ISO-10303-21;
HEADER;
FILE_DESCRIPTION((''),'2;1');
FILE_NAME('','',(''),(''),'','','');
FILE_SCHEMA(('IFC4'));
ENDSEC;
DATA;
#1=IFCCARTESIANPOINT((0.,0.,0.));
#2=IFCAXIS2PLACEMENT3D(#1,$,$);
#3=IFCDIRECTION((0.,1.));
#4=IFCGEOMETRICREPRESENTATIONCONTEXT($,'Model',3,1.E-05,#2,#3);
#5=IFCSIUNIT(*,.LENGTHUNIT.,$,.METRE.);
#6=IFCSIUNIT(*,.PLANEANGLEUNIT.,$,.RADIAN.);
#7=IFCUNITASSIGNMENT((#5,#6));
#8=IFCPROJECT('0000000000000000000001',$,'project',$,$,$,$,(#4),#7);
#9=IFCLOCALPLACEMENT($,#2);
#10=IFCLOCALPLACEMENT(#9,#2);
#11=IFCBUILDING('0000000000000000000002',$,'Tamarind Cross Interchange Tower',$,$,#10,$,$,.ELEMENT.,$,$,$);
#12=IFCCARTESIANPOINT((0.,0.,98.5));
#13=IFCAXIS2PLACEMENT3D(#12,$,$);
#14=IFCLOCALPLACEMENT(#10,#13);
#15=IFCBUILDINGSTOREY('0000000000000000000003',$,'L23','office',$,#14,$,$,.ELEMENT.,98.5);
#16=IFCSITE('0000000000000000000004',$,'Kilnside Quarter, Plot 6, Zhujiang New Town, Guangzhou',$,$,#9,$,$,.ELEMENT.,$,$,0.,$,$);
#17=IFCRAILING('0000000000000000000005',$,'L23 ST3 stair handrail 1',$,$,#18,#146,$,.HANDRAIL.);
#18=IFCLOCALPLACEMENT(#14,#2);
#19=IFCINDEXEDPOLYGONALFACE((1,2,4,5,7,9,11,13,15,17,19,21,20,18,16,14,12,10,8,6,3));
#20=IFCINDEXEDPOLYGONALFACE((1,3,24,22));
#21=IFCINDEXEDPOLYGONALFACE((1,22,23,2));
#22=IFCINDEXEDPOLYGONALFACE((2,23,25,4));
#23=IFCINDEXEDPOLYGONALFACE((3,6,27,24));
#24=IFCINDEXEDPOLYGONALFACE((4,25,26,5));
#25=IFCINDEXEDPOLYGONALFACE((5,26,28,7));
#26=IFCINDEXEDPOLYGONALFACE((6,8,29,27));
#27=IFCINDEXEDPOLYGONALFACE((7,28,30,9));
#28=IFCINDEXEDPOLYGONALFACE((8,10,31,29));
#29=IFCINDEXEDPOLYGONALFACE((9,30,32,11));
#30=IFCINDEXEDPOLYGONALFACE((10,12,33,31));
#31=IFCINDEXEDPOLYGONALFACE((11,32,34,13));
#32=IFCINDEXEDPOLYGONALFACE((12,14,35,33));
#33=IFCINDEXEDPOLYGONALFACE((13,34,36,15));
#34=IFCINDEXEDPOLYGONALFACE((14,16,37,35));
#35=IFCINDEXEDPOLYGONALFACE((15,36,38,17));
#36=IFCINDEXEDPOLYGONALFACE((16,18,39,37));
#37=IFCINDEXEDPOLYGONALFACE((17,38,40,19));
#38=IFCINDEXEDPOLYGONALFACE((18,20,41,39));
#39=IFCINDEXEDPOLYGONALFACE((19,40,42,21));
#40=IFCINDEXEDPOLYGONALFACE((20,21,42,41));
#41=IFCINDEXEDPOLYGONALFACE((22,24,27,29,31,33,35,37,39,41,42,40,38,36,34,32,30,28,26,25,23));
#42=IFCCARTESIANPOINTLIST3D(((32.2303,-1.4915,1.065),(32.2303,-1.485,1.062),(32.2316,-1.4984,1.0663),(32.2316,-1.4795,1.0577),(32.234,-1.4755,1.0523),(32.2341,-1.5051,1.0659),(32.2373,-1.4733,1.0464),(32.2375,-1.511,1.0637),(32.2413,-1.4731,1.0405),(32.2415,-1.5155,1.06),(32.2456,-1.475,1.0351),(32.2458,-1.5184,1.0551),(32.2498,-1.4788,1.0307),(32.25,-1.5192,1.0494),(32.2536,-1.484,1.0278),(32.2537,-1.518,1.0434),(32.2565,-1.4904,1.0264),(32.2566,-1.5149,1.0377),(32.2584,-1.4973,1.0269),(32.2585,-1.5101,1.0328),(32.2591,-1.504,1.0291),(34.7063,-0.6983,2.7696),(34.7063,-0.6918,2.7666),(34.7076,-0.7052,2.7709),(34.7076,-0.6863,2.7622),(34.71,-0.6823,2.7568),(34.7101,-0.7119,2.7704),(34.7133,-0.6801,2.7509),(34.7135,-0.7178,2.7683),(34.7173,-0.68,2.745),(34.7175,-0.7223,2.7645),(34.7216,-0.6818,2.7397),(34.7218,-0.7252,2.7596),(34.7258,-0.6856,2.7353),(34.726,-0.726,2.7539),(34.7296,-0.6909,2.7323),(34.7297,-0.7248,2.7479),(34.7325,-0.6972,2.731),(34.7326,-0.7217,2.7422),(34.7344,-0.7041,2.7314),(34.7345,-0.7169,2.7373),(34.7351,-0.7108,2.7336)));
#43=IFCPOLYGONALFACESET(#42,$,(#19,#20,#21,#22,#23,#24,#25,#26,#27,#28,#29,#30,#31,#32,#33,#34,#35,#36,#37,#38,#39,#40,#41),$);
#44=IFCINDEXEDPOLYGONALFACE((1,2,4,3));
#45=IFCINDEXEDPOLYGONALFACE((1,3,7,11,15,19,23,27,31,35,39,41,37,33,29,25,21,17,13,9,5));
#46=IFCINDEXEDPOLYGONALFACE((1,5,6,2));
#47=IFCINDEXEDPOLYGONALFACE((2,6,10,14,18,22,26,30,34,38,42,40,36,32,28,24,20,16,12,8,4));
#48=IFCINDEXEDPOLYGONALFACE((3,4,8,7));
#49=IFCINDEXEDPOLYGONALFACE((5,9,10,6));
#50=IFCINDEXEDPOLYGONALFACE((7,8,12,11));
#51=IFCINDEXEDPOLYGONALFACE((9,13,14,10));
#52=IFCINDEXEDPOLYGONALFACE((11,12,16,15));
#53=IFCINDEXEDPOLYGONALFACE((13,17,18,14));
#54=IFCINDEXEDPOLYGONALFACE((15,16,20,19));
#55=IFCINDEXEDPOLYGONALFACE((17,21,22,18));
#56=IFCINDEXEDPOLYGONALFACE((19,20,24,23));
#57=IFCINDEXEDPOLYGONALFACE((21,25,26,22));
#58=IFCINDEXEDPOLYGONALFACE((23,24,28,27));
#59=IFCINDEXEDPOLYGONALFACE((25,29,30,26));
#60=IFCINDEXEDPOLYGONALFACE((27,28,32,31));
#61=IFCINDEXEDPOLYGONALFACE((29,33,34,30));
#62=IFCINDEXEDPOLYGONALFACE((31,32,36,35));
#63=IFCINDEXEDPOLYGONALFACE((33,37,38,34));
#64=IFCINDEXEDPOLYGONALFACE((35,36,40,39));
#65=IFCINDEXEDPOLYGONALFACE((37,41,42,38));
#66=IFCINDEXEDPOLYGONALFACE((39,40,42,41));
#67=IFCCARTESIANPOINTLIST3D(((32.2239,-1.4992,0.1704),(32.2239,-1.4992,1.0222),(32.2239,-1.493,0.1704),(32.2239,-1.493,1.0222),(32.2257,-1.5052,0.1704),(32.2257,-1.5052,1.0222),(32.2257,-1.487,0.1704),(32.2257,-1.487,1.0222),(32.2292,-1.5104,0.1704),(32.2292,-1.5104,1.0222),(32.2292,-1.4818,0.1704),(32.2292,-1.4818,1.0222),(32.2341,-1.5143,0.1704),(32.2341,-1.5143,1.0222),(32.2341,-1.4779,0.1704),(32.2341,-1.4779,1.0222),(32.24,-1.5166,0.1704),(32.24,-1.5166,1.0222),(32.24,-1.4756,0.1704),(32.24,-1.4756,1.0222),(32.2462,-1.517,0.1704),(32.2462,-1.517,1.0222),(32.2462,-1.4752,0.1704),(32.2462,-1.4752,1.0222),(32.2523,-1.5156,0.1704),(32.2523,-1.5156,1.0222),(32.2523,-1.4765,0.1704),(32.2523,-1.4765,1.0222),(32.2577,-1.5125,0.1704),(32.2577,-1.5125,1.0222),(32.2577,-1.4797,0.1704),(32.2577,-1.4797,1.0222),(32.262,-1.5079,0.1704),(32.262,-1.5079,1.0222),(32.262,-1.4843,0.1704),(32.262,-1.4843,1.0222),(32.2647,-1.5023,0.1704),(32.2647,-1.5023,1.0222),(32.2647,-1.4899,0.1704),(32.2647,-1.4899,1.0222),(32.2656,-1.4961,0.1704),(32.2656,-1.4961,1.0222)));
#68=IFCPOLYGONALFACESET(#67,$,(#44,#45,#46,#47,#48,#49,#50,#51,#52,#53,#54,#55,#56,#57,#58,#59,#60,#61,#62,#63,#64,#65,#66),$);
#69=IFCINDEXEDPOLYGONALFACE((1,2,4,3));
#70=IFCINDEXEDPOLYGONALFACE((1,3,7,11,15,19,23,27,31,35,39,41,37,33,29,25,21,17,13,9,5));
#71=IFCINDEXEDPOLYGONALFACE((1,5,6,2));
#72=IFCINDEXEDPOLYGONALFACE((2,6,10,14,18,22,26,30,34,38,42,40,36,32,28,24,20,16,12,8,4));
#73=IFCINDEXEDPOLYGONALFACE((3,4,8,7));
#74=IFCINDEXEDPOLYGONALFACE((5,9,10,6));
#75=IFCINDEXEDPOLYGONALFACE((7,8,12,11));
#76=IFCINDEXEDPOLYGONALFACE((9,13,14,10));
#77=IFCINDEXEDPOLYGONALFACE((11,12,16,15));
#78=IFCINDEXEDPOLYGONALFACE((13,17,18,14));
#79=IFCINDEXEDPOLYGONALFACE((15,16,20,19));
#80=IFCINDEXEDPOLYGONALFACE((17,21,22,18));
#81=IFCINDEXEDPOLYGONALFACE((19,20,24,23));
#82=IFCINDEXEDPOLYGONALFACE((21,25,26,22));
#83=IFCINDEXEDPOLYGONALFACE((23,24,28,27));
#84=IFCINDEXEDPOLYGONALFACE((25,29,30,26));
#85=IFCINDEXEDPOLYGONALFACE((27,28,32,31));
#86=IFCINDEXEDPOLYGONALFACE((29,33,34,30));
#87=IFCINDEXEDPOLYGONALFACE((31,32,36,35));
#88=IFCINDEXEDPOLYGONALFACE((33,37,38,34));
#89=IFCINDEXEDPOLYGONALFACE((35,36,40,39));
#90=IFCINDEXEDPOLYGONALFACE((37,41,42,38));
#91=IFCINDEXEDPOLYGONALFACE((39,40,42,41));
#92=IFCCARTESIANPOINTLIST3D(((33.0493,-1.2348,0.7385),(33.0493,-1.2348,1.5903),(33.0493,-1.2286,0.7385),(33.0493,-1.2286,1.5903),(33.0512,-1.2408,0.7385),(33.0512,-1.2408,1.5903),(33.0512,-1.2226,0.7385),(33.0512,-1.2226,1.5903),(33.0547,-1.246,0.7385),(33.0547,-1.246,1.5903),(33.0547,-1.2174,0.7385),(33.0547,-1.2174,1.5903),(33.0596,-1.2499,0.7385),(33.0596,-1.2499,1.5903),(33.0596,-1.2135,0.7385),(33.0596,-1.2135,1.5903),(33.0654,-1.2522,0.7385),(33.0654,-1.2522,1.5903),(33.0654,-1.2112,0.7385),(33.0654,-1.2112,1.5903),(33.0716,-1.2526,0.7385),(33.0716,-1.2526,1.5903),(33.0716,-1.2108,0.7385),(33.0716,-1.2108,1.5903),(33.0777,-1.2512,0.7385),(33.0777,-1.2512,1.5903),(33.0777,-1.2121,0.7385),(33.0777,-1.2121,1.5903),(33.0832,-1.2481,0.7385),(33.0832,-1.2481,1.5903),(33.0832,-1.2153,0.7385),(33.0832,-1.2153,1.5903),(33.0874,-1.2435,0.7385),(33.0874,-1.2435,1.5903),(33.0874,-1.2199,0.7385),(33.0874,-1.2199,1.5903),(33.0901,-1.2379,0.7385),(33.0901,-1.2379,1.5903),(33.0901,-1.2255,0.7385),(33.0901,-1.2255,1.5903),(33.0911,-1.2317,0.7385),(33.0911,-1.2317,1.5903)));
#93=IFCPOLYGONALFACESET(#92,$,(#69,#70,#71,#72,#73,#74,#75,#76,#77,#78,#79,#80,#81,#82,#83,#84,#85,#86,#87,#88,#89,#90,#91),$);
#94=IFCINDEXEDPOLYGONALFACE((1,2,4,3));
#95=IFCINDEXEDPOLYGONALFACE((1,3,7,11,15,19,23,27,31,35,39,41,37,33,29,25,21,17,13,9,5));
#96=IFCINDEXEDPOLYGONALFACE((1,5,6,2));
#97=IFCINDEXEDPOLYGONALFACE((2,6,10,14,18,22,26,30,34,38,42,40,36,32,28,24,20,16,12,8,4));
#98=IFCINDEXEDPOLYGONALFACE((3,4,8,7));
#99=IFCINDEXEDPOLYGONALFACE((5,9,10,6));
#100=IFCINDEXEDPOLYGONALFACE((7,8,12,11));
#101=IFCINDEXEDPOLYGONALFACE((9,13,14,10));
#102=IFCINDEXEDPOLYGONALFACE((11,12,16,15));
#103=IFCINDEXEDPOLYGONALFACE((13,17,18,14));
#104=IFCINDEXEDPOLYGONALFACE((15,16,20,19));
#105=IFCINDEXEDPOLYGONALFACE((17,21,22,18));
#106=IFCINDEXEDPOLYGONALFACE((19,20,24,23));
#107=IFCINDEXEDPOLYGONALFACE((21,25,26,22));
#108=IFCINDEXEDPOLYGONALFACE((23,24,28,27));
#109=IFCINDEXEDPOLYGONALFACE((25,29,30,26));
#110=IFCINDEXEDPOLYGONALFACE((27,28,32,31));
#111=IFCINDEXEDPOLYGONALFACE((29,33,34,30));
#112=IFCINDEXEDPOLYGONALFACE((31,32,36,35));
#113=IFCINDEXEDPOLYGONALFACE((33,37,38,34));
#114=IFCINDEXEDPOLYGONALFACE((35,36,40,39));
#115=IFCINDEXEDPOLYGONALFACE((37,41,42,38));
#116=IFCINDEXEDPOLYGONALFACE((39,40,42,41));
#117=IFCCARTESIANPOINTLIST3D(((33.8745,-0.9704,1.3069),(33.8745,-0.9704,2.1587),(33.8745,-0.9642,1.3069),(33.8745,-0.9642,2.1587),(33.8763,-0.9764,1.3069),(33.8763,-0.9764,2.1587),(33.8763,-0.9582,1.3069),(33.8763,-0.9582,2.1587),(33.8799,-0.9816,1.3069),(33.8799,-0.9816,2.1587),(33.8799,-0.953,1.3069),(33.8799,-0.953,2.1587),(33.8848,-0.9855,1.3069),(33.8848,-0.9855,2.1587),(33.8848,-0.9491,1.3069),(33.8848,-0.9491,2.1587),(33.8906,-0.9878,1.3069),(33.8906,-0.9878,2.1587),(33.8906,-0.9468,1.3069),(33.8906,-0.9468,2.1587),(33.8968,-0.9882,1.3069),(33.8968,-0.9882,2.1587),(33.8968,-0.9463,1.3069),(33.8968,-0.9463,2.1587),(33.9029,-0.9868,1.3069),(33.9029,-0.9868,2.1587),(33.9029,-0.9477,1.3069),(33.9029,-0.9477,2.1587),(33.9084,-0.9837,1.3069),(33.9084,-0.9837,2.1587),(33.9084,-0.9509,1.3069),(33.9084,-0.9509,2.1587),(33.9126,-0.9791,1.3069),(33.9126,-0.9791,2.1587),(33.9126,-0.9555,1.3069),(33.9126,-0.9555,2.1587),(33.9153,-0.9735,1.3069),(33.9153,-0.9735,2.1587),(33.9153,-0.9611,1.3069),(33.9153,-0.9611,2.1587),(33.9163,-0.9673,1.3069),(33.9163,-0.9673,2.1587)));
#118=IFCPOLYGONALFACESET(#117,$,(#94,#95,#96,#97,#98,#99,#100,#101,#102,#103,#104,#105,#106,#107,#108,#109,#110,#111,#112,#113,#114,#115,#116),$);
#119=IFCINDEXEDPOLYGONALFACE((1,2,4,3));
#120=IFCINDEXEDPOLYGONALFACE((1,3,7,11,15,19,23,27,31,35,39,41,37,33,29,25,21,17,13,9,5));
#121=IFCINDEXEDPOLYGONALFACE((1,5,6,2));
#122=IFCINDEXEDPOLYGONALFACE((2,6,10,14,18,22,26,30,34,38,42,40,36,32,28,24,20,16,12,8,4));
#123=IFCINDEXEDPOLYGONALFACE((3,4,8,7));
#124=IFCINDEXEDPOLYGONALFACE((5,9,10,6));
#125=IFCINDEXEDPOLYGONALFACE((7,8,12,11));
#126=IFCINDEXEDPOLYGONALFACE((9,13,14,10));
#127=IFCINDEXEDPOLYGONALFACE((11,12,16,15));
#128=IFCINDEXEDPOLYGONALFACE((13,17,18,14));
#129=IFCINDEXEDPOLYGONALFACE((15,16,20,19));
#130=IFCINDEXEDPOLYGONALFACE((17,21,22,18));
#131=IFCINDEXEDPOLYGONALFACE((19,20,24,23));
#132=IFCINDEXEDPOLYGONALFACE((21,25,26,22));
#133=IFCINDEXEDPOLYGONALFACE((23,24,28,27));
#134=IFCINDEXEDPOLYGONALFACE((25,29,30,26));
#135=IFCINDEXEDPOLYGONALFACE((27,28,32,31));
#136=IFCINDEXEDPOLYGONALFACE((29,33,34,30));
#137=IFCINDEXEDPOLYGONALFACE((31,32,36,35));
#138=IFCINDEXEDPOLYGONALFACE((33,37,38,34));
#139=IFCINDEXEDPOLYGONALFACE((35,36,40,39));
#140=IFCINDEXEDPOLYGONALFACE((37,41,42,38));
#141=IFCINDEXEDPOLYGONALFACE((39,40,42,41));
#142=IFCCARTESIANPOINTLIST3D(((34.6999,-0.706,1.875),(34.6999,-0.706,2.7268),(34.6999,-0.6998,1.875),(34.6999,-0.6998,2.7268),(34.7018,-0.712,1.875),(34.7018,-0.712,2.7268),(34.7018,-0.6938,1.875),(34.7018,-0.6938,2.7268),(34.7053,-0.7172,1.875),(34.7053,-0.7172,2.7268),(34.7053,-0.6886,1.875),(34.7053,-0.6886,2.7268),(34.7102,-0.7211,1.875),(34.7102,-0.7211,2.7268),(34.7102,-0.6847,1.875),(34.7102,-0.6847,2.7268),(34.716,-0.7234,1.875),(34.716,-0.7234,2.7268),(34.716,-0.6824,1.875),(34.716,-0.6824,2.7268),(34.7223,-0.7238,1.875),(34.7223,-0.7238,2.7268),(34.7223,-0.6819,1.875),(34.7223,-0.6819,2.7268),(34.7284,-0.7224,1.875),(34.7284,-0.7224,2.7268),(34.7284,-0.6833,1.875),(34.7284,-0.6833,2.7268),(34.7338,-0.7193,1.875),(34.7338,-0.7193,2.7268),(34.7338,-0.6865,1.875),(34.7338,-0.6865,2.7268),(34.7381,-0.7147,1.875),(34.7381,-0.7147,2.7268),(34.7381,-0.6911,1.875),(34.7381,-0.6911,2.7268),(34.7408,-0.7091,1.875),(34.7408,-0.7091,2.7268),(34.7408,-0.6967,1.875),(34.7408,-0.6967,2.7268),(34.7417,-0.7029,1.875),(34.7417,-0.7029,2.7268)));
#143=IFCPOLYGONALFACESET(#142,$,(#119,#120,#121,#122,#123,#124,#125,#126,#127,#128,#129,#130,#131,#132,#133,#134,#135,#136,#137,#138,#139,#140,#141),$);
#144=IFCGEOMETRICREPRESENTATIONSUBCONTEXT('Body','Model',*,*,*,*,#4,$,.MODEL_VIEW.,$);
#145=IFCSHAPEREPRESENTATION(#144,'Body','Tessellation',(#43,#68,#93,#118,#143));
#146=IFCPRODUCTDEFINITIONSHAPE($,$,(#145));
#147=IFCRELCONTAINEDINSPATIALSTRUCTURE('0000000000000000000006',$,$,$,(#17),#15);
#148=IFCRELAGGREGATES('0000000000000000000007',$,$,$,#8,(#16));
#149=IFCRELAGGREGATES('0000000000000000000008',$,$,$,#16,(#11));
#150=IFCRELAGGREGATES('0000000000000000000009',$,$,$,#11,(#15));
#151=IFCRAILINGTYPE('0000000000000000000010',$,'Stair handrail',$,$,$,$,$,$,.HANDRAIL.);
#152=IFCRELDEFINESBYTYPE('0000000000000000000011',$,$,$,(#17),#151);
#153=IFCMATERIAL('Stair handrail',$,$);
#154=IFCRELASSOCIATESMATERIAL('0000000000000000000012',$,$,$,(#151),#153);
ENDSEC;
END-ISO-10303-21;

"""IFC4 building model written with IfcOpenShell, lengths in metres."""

from ifc_helpers import new_model, si_unit, direction, frame, origin, origin_2d, place, context, subcontext, project, spatial, circle, extrude, material, type_object, element, save


model = new_model("IFC4")

# Units and contexts
model_context = context("Model", 3, precision=1e-05, world=origin(), true_north=direction((0.0, 1.0)))
body_context = subcontext(model_context, "Body", "Model", "MODEL_VIEW")
ifc_project = project(units=[si_unit("LENGTHUNIT", "METRE"), si_unit("PLANEANGLEUNIT", "RADIAN")], contexts=[model_context])

# Site, building, storey
site_placement = place(None, origin())
site = spatial("IfcSite", under=ifc_project, at=site_placement, Name="Kilnside Quarter, Plot 6, Zhujiang New Town, Guangzhou", CompositionType="ELEMENT", RefElevation=0.0)
building_placement = place(site_placement, origin())
building = spatial("IfcBuilding", under=site, at=building_placement, Name="Tamarind Cross Interchange Tower", CompositionType="ELEMENT")
storey_placement = place(building_placement, frame((0.0, 0.0, 98.5)))
storey = spatial("IfcBuildingStorey", under=building, at=storey_placement, Name="L23", Description="office", CompositionType="ELEMENT", Elevation=98.5)

# Railing
ifc_material_1 = material(Name="Stair handrail")
railing_type_1 = type_object("IfcRailingType", Name="Stair handrail", PredefinedType="HANDRAIL", material=ifc_material_1)
railing_1_placement = place(storey_placement, frame((32.2446, -1.4961, 0.1704)))
element("IfcRailing", 1, at=railing_1_placement, inside=storey, type_object=railing_type_1, Name="L23 ST3 stair handrail 1", PredefinedType="HANDRAIL", context=body_context, shape_type="SweptSolid", body=[
    extrude(circle(Radius=0.0239, at=origin_2d()), frame((0.0, 0.0, 0.876), z_axis=(0.796427, 0.255136, 0.548279), x_axis=(-0.305079, 0.952327, 0.0)), (0.0, 0.0, 1.0), 3.1089),
    extrude(circle(Radius=0.021, at=origin_2d()), origin(), (0.0, 0.0, 1.0), 0.8518),
    extrude(circle(Radius=0.021, at=origin_2d()), frame((0.8254, 0.2644, 0.5681)), (0.0, 0.0, 1.0), 0.8518),
    extrude(circle(Radius=0.021, at=origin_2d()), frame((1.6506, 0.5288, 1.1365)), (0.0, 0.0, 1.0), 0.8518),
    extrude(circle(Radius=0.021, at=origin_2d()), frame((2.4761, 0.7932, 1.7046)), (0.0, 0.0, 1.0), 0.8518),
])

save(model, "model.ifc")
